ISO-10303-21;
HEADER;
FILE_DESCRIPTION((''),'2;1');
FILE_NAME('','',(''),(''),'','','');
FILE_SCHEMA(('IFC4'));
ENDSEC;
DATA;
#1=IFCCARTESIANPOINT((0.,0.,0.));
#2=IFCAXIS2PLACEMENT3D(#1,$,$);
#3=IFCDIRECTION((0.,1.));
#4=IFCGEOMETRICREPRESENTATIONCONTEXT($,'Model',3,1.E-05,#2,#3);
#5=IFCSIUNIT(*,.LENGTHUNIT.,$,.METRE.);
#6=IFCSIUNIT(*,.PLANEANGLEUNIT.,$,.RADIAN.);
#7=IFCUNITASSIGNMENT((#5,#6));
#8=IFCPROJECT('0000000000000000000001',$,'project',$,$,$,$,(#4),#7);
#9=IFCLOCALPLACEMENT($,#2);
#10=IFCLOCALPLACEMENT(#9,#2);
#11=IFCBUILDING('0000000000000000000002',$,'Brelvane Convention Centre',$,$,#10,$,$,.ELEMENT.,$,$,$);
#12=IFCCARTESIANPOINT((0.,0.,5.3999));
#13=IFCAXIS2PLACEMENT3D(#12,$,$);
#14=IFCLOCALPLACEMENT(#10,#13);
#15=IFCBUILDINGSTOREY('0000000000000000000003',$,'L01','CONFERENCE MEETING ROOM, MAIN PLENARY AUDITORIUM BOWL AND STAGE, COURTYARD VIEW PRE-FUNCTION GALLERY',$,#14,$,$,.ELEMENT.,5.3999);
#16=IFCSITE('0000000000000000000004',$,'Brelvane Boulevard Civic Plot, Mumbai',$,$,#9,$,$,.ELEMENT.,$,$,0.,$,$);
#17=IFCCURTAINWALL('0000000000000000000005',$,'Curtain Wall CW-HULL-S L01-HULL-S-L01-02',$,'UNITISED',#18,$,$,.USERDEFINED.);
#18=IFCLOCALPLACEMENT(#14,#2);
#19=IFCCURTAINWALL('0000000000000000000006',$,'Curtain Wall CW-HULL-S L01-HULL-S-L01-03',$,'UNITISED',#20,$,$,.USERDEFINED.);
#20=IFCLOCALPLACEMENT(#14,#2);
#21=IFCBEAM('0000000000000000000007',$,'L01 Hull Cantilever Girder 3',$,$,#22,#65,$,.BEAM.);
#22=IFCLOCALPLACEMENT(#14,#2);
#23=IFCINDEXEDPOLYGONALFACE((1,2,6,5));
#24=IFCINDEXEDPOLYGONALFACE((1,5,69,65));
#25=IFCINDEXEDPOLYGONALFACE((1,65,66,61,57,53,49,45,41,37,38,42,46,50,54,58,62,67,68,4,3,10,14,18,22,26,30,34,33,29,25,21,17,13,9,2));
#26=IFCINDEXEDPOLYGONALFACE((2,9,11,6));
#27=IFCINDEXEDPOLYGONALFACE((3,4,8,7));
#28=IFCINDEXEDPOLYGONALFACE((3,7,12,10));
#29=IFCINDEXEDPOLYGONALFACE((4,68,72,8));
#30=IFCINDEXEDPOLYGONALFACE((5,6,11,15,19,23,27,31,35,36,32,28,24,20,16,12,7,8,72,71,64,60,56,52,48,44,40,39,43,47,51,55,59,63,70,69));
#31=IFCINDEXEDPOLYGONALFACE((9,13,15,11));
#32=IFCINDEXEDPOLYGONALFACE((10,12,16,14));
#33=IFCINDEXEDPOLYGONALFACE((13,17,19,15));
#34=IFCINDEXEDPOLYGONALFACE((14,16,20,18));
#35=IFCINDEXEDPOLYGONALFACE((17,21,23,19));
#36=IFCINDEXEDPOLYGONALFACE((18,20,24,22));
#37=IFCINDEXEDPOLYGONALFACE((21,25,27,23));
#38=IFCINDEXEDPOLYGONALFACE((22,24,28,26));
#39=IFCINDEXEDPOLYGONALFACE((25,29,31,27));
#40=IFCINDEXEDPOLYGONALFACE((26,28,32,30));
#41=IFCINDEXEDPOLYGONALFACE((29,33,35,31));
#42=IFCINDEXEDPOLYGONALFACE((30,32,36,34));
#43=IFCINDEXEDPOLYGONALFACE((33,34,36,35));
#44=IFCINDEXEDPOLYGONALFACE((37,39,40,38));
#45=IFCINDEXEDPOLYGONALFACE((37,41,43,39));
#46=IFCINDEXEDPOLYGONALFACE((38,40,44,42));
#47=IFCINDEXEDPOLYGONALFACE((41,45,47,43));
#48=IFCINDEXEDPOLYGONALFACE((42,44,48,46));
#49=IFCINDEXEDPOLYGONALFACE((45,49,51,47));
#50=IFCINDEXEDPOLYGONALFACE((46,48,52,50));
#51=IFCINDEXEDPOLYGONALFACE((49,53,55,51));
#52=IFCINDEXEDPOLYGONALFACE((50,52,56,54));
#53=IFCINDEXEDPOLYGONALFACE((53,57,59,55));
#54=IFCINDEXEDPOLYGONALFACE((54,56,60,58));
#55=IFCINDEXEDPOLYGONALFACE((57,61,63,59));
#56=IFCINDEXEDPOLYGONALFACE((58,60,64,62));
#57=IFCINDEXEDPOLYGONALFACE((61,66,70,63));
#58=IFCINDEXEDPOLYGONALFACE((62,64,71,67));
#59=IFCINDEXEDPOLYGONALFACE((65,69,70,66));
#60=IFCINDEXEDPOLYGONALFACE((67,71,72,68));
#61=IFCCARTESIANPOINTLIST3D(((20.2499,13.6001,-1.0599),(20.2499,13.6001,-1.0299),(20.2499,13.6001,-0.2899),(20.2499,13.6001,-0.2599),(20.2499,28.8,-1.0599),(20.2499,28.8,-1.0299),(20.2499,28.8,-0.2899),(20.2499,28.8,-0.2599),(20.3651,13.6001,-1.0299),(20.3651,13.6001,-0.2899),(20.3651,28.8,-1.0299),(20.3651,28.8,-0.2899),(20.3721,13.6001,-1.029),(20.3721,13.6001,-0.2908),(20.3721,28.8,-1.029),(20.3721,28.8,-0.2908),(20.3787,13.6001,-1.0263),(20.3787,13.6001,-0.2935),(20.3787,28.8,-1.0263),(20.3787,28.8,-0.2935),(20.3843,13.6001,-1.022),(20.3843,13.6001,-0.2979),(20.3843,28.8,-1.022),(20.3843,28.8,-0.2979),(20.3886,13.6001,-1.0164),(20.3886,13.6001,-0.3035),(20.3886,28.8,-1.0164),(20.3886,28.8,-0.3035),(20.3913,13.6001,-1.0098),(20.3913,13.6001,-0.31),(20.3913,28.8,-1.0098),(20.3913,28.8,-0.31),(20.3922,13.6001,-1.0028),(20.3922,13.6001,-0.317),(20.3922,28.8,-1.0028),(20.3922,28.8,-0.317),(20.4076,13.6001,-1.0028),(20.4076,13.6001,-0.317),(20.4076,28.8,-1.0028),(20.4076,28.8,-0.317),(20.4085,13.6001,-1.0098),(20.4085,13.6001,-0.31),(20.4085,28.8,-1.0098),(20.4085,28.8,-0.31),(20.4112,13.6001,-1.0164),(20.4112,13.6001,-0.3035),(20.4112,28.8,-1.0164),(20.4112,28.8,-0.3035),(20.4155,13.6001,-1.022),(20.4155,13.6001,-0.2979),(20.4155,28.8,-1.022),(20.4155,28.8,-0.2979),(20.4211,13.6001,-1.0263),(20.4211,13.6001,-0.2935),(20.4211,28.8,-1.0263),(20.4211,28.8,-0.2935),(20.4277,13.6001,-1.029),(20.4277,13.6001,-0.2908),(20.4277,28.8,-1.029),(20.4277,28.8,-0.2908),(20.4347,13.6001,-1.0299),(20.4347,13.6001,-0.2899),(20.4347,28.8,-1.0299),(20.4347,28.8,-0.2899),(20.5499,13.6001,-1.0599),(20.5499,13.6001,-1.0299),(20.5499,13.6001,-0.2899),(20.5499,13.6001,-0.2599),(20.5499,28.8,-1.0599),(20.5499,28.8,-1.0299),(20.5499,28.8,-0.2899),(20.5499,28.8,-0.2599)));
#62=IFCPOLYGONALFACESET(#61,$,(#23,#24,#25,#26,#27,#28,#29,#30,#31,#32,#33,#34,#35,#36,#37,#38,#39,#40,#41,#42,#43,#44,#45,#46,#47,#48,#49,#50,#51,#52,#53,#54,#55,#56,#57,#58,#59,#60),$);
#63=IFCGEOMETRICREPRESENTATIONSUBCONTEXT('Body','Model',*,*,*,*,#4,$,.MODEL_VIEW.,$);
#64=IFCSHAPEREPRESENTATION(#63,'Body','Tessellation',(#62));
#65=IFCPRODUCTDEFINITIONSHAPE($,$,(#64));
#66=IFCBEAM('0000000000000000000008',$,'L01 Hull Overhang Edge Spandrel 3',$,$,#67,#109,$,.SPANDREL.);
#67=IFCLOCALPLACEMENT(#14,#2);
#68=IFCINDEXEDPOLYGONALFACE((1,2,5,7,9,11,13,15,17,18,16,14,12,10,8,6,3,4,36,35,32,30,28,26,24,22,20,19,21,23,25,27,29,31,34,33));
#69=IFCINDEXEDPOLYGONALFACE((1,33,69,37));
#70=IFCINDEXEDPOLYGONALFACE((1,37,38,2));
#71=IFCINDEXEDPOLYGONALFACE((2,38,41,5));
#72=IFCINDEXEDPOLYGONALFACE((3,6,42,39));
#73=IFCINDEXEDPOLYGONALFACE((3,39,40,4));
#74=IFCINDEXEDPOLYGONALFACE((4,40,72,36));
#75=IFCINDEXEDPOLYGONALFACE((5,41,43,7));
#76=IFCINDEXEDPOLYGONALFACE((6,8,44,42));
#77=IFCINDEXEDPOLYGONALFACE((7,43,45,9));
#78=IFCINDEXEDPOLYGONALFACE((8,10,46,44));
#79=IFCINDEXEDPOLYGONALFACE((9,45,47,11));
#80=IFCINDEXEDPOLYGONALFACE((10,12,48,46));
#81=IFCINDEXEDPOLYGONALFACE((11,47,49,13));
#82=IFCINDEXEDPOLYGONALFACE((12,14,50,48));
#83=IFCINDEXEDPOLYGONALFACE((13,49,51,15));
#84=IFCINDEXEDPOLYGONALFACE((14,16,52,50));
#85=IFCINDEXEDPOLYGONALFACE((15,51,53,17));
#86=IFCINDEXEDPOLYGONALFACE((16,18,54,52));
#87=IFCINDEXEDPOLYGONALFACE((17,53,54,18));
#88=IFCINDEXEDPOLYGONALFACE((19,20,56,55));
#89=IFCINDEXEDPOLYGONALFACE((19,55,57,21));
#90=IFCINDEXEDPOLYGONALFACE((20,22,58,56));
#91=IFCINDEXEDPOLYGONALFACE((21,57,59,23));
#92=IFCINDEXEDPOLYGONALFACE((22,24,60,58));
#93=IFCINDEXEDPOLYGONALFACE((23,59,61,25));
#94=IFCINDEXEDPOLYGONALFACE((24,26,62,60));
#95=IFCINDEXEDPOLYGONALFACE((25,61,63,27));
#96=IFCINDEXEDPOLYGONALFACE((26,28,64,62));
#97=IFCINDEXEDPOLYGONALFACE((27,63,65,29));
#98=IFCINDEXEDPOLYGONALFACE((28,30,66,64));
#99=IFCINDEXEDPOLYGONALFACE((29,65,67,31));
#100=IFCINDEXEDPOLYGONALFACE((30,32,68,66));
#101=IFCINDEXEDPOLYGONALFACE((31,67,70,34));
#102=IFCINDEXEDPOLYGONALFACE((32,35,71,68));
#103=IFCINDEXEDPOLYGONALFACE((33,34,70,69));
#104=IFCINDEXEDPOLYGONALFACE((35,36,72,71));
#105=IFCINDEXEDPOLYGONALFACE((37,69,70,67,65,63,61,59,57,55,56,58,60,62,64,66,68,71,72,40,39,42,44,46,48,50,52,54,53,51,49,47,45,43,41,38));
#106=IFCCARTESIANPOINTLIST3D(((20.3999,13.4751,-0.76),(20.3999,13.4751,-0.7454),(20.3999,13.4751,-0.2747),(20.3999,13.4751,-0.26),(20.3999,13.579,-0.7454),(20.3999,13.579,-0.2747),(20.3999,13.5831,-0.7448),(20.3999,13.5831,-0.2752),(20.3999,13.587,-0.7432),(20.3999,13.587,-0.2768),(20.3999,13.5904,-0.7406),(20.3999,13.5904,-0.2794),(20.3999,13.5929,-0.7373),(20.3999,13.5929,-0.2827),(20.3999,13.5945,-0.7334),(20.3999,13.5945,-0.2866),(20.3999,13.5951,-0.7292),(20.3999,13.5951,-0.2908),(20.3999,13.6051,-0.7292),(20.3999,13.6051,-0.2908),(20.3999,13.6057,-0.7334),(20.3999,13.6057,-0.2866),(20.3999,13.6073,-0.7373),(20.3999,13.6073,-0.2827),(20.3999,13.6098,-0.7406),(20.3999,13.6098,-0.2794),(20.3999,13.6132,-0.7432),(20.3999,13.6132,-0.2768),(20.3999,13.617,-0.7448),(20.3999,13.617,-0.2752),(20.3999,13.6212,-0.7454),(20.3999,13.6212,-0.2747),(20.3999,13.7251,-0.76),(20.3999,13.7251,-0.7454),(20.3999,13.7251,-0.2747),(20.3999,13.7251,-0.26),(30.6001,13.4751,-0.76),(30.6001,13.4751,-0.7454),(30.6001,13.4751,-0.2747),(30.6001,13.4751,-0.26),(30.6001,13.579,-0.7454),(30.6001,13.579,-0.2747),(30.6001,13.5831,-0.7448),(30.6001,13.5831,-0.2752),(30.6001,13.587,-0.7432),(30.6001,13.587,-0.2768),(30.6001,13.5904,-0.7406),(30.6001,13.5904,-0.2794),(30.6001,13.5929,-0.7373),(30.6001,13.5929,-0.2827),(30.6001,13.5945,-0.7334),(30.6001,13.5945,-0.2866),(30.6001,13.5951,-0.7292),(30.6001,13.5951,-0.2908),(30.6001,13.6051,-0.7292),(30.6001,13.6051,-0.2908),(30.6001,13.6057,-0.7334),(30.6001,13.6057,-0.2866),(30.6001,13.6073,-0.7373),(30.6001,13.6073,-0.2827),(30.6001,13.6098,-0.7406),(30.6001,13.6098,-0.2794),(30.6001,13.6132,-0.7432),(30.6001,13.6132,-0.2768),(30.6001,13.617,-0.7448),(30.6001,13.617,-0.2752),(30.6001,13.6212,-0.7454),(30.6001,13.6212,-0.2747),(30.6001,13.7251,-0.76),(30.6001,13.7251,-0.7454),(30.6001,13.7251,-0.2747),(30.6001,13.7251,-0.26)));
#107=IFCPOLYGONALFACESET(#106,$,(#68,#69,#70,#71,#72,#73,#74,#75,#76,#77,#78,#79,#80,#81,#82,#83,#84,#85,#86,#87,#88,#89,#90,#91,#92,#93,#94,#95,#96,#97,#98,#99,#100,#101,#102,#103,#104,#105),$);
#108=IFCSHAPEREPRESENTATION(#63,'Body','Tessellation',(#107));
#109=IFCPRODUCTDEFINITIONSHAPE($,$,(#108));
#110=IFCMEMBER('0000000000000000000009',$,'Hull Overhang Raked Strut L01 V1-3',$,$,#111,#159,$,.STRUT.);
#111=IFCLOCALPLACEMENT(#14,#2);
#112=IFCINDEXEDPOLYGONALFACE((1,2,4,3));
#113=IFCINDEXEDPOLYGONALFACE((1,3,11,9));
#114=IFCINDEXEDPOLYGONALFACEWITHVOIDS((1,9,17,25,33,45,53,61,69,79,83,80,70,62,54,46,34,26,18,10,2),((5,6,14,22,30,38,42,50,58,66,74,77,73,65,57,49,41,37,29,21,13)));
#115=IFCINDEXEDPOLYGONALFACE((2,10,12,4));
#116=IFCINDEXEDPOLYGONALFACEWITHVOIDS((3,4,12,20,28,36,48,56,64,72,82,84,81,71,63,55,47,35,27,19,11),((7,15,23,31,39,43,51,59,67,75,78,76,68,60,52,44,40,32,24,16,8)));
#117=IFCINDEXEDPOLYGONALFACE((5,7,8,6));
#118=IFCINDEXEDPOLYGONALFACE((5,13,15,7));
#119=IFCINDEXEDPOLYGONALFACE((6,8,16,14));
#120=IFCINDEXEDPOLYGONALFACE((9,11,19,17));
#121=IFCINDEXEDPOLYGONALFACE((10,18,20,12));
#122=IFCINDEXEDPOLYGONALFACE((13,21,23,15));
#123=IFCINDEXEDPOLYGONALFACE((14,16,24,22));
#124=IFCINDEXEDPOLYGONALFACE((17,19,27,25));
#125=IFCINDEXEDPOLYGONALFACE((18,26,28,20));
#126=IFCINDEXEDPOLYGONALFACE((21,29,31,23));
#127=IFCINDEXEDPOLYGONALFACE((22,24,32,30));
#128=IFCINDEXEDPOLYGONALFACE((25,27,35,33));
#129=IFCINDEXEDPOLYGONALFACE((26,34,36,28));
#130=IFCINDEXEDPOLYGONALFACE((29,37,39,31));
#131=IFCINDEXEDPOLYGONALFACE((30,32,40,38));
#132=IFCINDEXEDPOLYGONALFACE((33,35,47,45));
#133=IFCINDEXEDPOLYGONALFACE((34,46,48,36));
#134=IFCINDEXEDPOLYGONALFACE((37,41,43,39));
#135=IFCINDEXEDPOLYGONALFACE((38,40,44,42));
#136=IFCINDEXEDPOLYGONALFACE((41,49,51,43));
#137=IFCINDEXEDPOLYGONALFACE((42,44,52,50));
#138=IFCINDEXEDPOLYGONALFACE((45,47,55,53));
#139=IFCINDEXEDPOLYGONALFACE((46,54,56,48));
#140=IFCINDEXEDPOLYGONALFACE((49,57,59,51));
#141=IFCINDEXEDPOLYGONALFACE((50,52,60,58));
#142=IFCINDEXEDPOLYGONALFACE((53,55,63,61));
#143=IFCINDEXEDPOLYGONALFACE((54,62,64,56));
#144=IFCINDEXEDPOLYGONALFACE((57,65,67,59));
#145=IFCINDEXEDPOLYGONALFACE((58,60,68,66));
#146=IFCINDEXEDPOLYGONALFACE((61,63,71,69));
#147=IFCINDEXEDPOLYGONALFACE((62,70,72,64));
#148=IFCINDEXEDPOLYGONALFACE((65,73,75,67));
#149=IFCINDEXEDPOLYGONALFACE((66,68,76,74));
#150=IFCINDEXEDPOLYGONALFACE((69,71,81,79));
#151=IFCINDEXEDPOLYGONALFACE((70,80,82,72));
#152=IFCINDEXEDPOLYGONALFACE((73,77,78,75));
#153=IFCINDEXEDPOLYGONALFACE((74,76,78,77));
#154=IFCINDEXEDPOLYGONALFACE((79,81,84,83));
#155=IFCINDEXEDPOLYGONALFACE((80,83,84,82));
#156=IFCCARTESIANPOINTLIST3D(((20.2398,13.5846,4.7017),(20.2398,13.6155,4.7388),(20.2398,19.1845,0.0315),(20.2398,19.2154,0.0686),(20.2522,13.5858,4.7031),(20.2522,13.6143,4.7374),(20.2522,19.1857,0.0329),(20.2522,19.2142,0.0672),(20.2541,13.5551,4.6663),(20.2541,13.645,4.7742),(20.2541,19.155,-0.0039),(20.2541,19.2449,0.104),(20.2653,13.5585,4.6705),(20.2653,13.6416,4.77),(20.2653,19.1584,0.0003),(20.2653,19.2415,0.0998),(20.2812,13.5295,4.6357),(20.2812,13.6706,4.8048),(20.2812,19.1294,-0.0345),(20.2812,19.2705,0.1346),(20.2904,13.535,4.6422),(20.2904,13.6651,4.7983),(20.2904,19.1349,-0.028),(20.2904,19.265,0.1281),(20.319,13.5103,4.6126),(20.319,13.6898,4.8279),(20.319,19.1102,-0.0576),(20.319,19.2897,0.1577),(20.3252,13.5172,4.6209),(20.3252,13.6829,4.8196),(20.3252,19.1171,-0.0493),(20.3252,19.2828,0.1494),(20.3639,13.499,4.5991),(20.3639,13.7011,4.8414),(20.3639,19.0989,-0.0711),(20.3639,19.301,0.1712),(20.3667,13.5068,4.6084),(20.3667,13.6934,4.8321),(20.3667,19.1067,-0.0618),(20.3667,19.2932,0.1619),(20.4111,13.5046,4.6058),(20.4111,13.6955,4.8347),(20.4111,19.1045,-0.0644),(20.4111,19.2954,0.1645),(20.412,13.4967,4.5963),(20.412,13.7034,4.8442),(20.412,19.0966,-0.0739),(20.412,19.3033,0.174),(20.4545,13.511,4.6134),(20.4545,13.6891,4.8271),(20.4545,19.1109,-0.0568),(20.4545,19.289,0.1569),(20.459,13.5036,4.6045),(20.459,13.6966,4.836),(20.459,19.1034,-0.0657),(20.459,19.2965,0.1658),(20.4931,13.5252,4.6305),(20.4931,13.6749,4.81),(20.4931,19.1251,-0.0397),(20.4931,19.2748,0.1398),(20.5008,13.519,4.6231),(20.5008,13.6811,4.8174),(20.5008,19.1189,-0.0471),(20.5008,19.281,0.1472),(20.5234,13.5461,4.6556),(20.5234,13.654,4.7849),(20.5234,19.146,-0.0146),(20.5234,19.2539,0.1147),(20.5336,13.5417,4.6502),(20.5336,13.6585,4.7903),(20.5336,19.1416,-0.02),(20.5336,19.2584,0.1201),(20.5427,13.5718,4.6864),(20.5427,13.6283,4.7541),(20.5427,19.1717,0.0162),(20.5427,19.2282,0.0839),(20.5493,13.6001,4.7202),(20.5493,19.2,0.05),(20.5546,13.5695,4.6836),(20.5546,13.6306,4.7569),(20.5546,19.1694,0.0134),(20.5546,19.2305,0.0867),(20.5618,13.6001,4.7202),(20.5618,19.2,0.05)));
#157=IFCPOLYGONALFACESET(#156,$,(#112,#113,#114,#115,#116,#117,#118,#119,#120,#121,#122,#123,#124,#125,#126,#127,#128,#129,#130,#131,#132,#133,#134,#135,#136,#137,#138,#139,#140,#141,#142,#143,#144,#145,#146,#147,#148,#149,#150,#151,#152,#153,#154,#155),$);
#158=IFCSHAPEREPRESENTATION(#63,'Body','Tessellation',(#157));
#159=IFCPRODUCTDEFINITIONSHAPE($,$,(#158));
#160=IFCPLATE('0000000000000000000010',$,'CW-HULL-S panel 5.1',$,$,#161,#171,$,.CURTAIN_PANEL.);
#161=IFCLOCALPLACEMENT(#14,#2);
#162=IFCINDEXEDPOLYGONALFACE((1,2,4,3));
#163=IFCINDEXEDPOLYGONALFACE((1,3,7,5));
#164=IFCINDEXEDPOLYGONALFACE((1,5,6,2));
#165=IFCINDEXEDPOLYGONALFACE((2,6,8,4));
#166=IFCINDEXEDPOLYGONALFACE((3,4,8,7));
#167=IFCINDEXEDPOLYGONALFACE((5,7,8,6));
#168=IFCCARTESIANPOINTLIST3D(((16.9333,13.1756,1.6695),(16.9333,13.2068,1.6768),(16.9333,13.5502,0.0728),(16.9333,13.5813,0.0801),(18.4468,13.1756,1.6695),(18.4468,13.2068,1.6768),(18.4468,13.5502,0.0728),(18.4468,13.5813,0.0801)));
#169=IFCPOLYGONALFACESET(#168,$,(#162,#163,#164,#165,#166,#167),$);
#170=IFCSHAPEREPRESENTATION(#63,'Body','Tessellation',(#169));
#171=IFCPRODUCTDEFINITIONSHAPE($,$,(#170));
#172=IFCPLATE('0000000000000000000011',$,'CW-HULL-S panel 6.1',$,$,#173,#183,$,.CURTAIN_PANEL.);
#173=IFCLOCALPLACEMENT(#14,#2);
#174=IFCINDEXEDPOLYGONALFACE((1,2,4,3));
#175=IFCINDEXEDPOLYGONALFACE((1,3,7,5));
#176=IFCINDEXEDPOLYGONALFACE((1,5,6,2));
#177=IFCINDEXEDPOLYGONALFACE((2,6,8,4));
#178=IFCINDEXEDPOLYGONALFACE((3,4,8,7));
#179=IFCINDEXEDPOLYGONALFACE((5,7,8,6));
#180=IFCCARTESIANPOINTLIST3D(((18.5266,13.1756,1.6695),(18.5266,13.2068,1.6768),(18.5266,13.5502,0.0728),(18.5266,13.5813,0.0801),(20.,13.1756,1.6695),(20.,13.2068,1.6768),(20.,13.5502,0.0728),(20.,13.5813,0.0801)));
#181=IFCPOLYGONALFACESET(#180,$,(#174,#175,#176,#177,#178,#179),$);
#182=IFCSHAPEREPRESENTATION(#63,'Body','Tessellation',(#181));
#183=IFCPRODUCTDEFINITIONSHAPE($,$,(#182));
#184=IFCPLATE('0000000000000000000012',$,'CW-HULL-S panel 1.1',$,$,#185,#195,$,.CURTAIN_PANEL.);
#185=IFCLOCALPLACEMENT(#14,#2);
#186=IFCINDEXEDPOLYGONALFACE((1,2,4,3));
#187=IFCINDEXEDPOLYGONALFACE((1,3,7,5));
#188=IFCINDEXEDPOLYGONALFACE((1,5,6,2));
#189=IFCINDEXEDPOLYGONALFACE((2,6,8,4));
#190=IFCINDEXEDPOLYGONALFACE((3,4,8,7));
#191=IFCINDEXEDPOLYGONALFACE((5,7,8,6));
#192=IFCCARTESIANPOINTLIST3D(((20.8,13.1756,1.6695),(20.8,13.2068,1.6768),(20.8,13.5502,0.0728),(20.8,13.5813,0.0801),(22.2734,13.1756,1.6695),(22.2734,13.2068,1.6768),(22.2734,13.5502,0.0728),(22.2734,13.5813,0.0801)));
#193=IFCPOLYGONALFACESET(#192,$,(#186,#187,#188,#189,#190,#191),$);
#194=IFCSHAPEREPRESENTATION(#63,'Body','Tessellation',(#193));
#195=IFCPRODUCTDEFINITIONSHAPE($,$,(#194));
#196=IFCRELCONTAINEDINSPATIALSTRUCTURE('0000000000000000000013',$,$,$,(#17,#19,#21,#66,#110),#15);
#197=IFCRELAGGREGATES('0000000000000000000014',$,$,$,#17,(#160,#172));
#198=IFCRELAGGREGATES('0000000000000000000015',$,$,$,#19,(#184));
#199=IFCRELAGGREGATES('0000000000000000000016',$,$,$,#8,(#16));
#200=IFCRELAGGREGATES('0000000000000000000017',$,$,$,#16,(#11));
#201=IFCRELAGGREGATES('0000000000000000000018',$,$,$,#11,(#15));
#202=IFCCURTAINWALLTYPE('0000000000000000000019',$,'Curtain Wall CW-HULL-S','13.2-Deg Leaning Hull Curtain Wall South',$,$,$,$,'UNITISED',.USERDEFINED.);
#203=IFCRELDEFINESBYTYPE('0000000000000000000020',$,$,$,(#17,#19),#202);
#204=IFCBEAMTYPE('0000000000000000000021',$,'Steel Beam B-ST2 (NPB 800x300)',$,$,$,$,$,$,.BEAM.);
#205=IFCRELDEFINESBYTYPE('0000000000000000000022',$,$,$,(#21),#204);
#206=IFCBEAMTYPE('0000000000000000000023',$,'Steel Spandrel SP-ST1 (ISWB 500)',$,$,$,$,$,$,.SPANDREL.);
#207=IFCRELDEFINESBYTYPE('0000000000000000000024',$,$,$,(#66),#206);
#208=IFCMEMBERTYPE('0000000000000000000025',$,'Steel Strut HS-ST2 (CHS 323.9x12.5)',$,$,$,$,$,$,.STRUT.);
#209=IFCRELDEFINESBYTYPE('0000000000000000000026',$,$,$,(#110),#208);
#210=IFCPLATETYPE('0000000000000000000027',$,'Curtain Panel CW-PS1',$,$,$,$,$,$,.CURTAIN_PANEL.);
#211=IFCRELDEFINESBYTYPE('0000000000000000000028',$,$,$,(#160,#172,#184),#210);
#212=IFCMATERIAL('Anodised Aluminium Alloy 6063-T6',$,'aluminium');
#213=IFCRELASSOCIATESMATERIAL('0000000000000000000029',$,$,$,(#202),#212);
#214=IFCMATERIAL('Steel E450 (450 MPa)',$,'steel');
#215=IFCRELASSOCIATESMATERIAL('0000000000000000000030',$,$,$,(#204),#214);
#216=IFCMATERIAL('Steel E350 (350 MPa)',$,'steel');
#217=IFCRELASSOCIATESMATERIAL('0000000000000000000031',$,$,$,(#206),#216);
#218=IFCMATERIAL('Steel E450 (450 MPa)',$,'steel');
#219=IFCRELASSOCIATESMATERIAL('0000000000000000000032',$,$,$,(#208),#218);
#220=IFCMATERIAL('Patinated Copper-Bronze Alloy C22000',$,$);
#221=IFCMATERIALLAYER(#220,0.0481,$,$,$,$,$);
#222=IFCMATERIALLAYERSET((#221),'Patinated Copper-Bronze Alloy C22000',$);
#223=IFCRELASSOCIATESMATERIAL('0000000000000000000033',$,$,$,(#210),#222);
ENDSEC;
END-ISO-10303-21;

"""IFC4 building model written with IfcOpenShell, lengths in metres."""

from ifc_helpers import new_model, si_unit, direction, frame, origin, origin_2d, place, context, subcontext, project, spatial, polyline, hollow_circle, i_section, outline, extrude, material, layer, layer_set, material_profile, profile_set, type_object, element, aggregate, save


model = new_model("IFC4")

# Units and contexts
model_context = context("Model", 3, precision=1e-05, world=origin(), true_north=direction((0.0, 1.0)))
body_context = subcontext(model_context, "Body", "Model", "MODEL_VIEW")
ifc_project = project(units=[si_unit("LENGTHUNIT", "METRE"), si_unit("PLANEANGLEUNIT", "RADIAN")], contexts=[model_context])

# Site, building, storey
site_placement = place(None, origin())
site = spatial("IfcSite", under=ifc_project, at=site_placement, Name="Brelvane Boulevard Civic Plot, Mumbai", CompositionType="ELEMENT", RefElevation=0.0)
building_placement = place(site_placement, origin())
building = spatial("IfcBuilding", under=site, at=building_placement, Name="Brelvane Convention Centre", CompositionType="ELEMENT")
storey_placement = place(building_placement, frame((0.0, 0.0, 5.3999)))
storey = spatial("IfcBuildingStorey", under=building, at=storey_placement, Name="L01", Description="CONFERENCE MEETING ROOM, MAIN PLENARY AUDITORIUM BOWL AND STAGE, COURTYARD VIEW PRE-FUNCTION GALLERY", CompositionType="ELEMENT", Elevation=5.3999)

# Curtain walls
ifc_material_1 = material(Name="Anodised Aluminium Alloy 6063-T6", Category="aluminium")
curtain_wall_type = type_object("IfcCurtainWallType", Name="Curtain Wall CW-HULL-S", Description="13.2-Deg Leaning Hull Curtain Wall South", ElementType="UNITISED", PredefinedType="USERDEFINED", material=ifc_material_1)
curtain_wall_1_placement = place(storey_placement, origin())
curtain_wall_1 = element("IfcCurtainWall", 1, at=curtain_wall_1_placement, inside=storey, type_object=curtain_wall_type, Name="Curtain Wall CW-HULL-S L01-HULL-S-L01-02", ObjectType="UNITISED", PredefinedType="USERDEFINED")
curtain_wall_2_placement = place(storey_placement, origin())
curtain_wall_2 = element("IfcCurtainWall", 2, at=curtain_wall_2_placement, inside=storey, type_object=curtain_wall_type, Name="Curtain Wall CW-HULL-S L01-HULL-S-L01-03", ObjectType="UNITISED", PredefinedType="USERDEFINED")

# Beams
ifc_material_2 = material(Name="Steel E450 (450 MPa)", Category="steel")
ifc_material_profile_1 = material_profile(ifc_material_2, i_section(OverallWidth=0.3, OverallDepth=0.8, WebThickness=0.0154, FlangeThickness=0.03, FilletRadius=0.0271, at=origin_2d()), Name="NPB 800x300")
ifc_profile_set_1 = profile_set([ifc_material_profile_1], Name="Steel E450 (450 MPa)")
beam_type_1 = type_object("IfcBeamType", Name="Steel Beam B-ST2 (NPB 800x300)", PredefinedType="BEAM", material=ifc_profile_set_1)
beam_1_placement = place(storey_placement, frame((20.3999, 13.6001, -0.6599), z_axis=(0.0, 1.0, 0.0), x_axis=(-1.0, 0.0, 0.0)))
element("IfcBeam", 3, at=beam_1_placement, inside=storey, type_object=beam_type_1, Name="L01 Hull Cantilever Girder 3", PredefinedType="BEAM", context=body_context, shape_type="SweptSolid", body=[
    extrude(i_section(OverallWidth=0.3, OverallDepth=0.8, WebThickness=0.0154, FlangeThickness=0.03, FilletRadius=0.0271, at=origin_2d()), origin(), (0.0, 0.0, 1.0), 15.2),
])
ifc_material_3 = material(Name="Steel E350 (350 MPa)", Category="steel")
ifc_material_profile_2 = material_profile(ifc_material_3, i_section(OverallWidth=0.25, OverallDepth=0.5, WebThickness=0.01, FlangeThickness=0.0146, FilletRadius=0.0161, at=origin_2d()), Name="ISWB 500")
ifc_profile_set_2 = profile_set([ifc_material_profile_2], Name="Steel E350 (350 MPa)")
beam_type_2 = type_object("IfcBeamType", Name="Steel Spandrel SP-ST1 (ISWB 500)", PredefinedType="SPANDREL", material=ifc_profile_set_2)
beam_2_placement = place(storey_placement, frame((20.3999, 13.6001, -0.51), z_axis=(1.0, 0.0, 0.0), x_axis=(0.0, 1.0, 0.0)))
element("IfcBeam", 4, at=beam_2_placement, inside=storey, type_object=beam_type_2, Name="L01 Hull Overhang Edge Spandrel 3", PredefinedType="SPANDREL", context=body_context, shape_type="SweptSolid", body=[
    extrude(i_section(OverallWidth=0.25, OverallDepth=0.5, WebThickness=0.01, FlangeThickness=0.0146, FilletRadius=0.0161, at=origin_2d()), origin(), (0.0, 0.0, 1.0), 10.2002),
])

# Member
ifc_material_4 = material(Name="Steel E450 (450 MPa)", Category="steel")
ifc_material_profile_3 = material_profile(ifc_material_4, hollow_circle(Radius=0.1619, WallThickness=0.0125, at=origin_2d()), Name="CHS 323.9x12.5")
ifc_profile_set_3 = profile_set([ifc_material_profile_3], Name="Steel E450 (450 MPa)")
member_type_1 = type_object("IfcMemberType", Name="Steel Strut HS-ST2 (CHS 323.9x12.5)", PredefinedType="STRUT", material=ifc_profile_set_3)
member_1_placement = place(storey_placement, frame((20.3999, 19.2, 0.05), z_axis=(0.0, -0.767977, 0.640477), x_axis=(1.0, 0.0, 0.0)))
element("IfcMember", 5, at=member_1_placement, inside=storey, type_object=member_type_1, Name="Hull Overhang Raked Strut L01 V1-3", PredefinedType="STRUT", context=body_context, shape_type="SweptSolid", body=[
    extrude(hollow_circle(Radius=0.1619, WallThickness=0.0125, at=origin_2d()), origin(), (0.0, 0.0, 1.0), 7.2917),
])

# Plates
ifc_material_5 = material(Name="Patinated Copper-Bronze Alloy C22000")
ifc_layer_1 = layer(ifc_material_5, 0.0481)
ifc_layer_set_1 = layer_set([ifc_layer_1], Name="Patinated Copper-Bronze Alloy C22000")
plate_type_1 = type_object("IfcPlateType", Name="Curtain Panel CW-PS1", PredefinedType="CURTAIN_PANEL", material=ifc_layer_set_1)
plate_1_placement = place(storey_placement, frame((16.9333, 13.5813, 0.0801), z_axis=(0.0, 0.973577, 0.228359), x_axis=(1.0, 0.0, 0.0)))
plate_1 = element("IfcPlate", 6, at=plate_1_placement, type_object=plate_type_1, Name="CW-HULL-S panel 5.1", PredefinedType="CURTAIN_PANEL", context=body_context, shape_type="SweptSolid", body=[
    extrude(outline(polyline([(0.0, 0.0), (1.5134, 0.0), (1.5134, -1.64), (0.0, -1.64), (0.0, 0.0)])), origin(), (0.0, 0.0, -1.0), 0.032),
])
plate_2_placement = place(storey_placement, frame((18.5266, 13.5813, 0.0801), z_axis=(0.0, 0.973577, 0.228359), x_axis=(1.0, 0.0, 0.0)))
plate_2 = element("IfcPlate", 7, at=plate_2_placement, type_object=plate_type_1, Name="CW-HULL-S panel 6.1", PredefinedType="CURTAIN_PANEL", context=body_context, shape_type="SweptSolid", body=[
    extrude(outline(polyline([(0.0, 0.0), (1.4734, 0.0), (1.4734, -1.64), (0.0, -1.64), (0.0, 0.0)])), origin(), (0.0, 0.0, -1.0), 0.032),
])
aggregate(curtain_wall_1, [plate_1, plate_2])
plate_3_placement = place(storey_placement, frame((20.8, 13.5813, 0.0801), z_axis=(0.0, 0.973577, 0.228359), x_axis=(1.0, 0.0, 0.0)))
plate_3 = element("IfcPlate", 8, at=plate_3_placement, type_object=plate_type_1, Name="CW-HULL-S panel 1.1", PredefinedType="CURTAIN_PANEL", context=body_context, shape_type="SweptSolid", body=[
    extrude(outline(polyline([(0.0, 0.0), (1.4734, 0.0), (1.4734, -1.64), (0.0, -1.64), (0.0, 0.0)])), origin(), (0.0, 0.0, -1.0), 0.032),
])
aggregate(curtain_wall_2, [plate_3])

save(model, "model.ifc")
